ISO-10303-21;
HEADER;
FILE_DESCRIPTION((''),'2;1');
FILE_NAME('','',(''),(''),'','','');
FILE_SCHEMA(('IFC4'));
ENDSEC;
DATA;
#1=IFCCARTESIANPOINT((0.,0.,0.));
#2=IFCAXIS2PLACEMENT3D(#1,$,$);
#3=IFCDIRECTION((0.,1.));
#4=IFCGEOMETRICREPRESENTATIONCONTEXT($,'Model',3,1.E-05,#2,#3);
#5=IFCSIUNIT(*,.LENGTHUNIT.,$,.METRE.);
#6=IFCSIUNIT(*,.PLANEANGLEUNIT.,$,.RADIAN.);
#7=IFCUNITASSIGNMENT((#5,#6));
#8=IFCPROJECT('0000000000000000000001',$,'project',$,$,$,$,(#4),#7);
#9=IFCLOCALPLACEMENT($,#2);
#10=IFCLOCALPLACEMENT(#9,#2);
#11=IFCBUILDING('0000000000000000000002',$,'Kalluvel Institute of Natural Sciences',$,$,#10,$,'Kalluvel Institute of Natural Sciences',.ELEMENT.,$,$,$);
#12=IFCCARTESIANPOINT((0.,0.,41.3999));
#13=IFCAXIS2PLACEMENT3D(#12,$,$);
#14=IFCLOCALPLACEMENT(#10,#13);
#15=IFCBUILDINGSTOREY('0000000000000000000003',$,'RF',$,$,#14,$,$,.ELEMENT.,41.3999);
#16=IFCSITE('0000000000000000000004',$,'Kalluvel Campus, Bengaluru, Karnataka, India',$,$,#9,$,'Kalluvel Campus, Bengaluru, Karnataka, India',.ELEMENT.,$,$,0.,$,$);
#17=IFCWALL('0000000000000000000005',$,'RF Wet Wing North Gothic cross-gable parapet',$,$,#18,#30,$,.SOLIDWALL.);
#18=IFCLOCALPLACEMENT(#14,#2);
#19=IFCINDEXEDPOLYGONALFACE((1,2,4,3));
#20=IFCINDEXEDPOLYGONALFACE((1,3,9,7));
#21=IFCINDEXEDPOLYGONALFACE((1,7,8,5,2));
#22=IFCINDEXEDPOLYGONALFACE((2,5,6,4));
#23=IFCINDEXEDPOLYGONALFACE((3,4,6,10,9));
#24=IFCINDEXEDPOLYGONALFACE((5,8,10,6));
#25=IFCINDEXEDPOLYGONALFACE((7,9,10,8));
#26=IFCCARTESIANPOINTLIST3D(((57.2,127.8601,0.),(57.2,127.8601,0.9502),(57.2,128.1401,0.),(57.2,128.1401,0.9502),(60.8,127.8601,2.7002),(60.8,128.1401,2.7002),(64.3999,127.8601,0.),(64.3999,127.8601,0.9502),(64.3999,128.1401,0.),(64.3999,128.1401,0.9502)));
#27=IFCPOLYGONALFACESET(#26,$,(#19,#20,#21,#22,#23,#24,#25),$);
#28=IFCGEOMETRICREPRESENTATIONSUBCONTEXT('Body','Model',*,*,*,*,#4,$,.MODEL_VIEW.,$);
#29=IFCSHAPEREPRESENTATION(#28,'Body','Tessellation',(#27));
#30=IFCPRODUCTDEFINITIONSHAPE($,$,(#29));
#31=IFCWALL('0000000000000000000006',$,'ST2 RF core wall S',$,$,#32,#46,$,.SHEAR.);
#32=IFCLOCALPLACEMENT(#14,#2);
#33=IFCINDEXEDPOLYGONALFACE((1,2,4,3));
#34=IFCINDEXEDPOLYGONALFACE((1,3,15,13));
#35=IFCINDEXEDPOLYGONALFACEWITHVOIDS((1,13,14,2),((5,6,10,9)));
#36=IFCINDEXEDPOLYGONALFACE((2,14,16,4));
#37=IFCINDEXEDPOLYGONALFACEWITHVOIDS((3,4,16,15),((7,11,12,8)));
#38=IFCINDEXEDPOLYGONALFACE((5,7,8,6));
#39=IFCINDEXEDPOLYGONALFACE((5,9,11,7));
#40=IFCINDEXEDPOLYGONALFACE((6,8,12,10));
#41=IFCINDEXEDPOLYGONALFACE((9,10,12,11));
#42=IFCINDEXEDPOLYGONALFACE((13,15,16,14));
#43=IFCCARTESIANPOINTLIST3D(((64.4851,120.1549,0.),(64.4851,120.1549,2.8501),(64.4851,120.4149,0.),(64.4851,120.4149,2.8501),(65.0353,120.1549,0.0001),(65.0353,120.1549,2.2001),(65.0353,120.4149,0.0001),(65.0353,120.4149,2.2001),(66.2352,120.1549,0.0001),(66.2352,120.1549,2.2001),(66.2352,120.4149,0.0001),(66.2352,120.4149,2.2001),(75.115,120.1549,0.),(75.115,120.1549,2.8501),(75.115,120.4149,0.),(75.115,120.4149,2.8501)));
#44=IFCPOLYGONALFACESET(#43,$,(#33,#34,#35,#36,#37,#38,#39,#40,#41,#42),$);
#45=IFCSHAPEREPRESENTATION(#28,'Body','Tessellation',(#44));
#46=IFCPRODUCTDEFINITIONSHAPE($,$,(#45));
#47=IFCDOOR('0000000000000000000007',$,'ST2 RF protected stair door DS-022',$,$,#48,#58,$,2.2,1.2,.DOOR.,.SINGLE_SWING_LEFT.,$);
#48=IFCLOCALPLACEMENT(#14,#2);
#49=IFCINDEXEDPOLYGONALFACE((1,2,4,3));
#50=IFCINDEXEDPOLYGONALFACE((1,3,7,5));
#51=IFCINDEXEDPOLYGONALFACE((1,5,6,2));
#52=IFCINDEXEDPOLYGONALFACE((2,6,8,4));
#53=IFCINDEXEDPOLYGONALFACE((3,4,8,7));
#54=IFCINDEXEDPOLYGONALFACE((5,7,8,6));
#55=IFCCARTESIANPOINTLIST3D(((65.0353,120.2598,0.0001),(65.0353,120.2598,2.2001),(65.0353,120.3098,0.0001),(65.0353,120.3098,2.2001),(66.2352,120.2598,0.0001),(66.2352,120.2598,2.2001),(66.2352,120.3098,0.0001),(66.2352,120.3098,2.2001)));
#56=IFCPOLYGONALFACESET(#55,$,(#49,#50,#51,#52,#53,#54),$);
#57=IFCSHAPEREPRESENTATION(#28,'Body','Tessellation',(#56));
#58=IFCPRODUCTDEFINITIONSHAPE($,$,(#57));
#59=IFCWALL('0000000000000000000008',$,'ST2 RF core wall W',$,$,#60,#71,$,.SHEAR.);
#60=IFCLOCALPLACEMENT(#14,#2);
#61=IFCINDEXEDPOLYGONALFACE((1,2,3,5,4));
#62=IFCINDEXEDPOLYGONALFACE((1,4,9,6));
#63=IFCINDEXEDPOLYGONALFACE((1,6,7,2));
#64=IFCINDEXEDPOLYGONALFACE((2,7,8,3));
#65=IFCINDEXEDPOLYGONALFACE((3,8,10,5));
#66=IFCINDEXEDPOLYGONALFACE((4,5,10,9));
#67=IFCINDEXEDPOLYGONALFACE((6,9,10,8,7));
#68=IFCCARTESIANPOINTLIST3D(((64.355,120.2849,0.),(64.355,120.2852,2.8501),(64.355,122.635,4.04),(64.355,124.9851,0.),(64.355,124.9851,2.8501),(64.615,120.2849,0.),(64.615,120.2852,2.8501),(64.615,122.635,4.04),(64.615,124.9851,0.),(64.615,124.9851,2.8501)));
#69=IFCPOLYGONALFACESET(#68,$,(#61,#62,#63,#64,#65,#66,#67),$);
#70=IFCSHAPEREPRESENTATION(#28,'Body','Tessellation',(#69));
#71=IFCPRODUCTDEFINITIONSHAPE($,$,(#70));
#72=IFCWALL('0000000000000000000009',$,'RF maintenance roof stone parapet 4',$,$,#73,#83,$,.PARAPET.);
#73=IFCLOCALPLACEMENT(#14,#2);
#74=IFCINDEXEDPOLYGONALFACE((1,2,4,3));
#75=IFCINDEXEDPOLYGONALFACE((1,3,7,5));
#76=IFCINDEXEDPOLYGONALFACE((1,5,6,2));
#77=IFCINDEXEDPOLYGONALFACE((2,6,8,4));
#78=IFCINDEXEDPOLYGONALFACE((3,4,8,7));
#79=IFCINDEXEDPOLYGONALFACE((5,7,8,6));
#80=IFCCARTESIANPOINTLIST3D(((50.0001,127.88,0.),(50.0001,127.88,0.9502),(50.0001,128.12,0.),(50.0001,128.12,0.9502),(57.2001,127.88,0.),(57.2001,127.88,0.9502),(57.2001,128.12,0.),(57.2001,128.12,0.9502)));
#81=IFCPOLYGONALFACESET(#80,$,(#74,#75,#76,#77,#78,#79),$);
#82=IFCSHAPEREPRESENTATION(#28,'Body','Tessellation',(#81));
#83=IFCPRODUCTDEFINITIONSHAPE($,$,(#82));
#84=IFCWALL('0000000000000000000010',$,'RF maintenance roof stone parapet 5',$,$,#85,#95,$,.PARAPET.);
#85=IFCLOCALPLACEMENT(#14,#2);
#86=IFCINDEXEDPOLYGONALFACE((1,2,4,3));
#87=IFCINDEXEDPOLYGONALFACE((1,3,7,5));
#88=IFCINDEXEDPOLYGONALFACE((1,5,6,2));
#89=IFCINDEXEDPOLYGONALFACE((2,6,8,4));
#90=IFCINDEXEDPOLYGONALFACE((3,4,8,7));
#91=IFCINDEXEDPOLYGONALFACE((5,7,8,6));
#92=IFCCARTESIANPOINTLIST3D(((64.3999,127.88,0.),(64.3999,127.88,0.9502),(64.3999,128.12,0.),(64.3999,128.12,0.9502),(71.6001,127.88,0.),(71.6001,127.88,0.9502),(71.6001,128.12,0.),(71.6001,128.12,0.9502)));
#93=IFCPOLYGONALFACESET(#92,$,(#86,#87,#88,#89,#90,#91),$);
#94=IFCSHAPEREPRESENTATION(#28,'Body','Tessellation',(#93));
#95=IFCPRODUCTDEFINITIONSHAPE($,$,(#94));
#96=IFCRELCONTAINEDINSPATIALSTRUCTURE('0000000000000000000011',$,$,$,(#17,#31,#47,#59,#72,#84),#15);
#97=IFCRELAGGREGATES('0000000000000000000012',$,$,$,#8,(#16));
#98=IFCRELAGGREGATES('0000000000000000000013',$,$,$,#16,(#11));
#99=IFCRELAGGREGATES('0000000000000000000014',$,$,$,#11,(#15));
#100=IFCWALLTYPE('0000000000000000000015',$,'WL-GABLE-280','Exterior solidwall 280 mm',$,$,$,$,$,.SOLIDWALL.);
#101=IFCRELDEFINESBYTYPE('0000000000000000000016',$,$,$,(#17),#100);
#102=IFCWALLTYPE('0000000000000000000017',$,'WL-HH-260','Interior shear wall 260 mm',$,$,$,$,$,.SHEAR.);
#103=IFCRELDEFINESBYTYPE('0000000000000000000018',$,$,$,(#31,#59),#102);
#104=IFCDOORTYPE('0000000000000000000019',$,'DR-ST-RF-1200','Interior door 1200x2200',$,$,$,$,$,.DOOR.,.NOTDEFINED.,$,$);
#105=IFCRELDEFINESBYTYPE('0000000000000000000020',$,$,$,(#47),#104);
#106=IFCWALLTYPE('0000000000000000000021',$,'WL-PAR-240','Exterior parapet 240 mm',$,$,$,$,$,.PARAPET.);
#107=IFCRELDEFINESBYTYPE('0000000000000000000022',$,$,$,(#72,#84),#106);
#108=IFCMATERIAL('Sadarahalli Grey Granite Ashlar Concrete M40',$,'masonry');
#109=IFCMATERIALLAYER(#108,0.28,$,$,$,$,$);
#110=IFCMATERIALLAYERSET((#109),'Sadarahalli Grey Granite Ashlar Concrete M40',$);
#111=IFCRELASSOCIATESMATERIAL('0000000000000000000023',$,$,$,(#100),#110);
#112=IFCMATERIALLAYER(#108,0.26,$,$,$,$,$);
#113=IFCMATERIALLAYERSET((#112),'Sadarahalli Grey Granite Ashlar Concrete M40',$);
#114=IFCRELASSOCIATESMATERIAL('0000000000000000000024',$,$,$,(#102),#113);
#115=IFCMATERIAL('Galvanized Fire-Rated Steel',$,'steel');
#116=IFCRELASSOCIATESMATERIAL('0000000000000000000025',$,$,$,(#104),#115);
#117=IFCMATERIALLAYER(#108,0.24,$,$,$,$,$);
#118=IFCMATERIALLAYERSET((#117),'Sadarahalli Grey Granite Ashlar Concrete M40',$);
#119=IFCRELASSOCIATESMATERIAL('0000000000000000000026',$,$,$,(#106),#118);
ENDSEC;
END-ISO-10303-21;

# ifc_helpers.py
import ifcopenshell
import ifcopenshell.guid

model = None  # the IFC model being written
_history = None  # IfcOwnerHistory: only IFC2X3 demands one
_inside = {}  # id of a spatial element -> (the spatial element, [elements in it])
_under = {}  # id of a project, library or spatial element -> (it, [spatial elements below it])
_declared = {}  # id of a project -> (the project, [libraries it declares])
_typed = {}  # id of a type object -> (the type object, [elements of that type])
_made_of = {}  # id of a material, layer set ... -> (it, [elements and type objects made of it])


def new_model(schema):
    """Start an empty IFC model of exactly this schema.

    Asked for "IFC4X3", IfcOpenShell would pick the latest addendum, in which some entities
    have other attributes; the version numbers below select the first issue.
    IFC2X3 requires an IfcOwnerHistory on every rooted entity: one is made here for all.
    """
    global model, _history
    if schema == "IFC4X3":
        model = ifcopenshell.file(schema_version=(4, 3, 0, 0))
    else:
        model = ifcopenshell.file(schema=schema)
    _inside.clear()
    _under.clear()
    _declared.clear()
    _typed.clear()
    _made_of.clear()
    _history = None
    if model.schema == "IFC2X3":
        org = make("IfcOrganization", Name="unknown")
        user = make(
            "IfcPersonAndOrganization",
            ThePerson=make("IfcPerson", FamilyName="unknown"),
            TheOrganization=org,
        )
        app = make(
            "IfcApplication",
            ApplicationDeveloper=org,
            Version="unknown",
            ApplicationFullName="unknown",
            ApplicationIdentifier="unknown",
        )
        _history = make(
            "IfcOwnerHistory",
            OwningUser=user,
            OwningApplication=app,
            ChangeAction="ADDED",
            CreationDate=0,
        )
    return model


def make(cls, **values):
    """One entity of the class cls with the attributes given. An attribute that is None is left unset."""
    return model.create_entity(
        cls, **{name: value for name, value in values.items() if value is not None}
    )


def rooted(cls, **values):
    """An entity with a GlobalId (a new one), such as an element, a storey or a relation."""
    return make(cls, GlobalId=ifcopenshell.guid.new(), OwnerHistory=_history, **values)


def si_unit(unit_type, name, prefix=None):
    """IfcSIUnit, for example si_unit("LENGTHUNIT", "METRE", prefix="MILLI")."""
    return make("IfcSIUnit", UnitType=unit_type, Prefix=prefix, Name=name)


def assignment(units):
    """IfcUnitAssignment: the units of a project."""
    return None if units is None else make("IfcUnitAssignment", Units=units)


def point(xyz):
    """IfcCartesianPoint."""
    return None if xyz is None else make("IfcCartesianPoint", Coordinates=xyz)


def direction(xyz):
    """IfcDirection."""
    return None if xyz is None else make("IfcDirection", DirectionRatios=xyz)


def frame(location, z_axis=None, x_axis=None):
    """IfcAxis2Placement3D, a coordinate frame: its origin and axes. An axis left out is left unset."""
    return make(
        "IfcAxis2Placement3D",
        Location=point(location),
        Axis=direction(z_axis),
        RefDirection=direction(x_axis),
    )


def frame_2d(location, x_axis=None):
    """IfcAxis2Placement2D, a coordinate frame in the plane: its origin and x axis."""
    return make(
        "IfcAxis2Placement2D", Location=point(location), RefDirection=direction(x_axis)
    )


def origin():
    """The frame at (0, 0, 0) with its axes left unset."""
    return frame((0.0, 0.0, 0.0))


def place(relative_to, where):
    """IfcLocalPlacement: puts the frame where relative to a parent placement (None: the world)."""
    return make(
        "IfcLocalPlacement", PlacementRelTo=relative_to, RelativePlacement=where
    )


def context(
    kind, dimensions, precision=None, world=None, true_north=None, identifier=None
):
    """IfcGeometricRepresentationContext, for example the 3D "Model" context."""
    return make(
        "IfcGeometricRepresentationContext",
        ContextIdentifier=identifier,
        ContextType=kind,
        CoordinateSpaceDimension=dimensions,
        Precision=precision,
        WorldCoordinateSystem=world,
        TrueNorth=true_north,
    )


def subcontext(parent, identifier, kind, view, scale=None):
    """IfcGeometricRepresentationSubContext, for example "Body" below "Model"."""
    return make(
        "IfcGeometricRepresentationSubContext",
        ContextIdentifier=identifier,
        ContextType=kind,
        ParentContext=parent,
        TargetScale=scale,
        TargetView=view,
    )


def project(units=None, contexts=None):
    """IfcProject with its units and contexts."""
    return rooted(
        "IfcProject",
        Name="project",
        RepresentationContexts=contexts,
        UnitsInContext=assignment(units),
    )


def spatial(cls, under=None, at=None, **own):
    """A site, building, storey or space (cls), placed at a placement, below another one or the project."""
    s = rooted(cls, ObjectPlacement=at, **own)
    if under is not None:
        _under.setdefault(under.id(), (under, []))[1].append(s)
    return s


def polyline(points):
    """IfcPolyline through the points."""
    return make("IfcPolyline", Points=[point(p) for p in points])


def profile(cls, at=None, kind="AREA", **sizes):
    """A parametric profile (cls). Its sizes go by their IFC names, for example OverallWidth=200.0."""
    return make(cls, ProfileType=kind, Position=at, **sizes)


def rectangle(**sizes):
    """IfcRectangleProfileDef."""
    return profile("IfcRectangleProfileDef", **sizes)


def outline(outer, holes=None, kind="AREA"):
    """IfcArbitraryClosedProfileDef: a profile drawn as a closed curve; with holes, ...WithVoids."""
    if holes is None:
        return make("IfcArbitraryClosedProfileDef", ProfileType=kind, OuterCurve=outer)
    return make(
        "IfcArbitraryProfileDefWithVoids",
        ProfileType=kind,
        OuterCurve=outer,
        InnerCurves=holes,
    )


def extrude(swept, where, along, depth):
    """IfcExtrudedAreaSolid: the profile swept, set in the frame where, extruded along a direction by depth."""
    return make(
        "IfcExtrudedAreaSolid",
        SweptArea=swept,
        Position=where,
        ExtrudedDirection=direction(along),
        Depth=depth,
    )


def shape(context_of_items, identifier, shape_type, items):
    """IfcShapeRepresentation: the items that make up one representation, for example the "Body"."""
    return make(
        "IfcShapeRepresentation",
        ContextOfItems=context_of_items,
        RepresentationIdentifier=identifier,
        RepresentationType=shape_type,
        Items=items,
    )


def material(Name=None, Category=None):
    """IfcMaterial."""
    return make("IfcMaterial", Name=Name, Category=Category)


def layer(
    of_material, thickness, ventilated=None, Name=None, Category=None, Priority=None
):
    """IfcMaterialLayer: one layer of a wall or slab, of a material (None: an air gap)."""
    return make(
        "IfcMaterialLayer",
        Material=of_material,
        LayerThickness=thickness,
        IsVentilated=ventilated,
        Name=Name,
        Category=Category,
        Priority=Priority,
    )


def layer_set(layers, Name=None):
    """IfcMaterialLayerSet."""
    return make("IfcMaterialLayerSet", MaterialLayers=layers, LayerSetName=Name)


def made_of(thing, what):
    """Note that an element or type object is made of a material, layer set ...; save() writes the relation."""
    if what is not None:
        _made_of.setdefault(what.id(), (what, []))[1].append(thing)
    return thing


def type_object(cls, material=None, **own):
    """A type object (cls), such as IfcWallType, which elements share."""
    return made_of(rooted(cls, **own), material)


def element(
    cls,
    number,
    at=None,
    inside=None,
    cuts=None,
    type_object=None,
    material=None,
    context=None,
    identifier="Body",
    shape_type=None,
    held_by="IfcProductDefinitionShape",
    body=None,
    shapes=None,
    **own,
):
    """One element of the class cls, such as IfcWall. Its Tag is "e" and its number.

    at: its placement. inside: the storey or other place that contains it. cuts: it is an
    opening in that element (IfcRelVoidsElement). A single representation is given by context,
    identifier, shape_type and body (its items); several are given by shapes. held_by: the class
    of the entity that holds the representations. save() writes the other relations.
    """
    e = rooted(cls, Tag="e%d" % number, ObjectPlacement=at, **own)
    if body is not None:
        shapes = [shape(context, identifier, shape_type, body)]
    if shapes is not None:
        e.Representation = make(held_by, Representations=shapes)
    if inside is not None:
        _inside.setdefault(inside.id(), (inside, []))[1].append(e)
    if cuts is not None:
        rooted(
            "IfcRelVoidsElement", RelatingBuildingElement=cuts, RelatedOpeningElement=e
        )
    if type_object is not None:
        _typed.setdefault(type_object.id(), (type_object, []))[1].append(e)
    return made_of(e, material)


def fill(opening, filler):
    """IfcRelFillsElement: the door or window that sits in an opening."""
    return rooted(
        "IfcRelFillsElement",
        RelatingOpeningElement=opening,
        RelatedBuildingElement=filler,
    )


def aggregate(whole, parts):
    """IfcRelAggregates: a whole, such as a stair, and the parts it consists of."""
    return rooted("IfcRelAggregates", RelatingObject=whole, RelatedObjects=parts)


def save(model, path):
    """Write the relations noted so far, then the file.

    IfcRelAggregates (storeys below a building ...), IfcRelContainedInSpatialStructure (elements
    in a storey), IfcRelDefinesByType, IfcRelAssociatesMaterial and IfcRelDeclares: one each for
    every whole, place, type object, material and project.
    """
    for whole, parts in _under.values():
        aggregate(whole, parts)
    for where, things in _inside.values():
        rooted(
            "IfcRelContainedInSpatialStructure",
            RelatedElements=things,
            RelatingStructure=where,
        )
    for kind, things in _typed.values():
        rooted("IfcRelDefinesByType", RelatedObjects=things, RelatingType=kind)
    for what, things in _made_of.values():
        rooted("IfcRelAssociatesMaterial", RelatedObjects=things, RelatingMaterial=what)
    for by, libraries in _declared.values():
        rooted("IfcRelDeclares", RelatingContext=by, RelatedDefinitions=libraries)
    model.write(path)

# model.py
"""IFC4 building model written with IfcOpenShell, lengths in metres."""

from ifc_helpers import new_model, si_unit, direction, frame, frame_2d, origin, place, context, subcontext, project, spatial, polyline, rectangle, outline, extrude, material, layer, layer_set, type_object, element, fill, save


model = new_model("IFC4")

# Units and contexts
model_context = context("Model", 3, precision=1e-05, world=origin(), true_north=direction((0.0, 1.0)))
body_context = subcontext(model_context, "Body", "Model", "MODEL_VIEW")
ifc_project = project(units=[si_unit("LENGTHUNIT", "METRE"), si_unit("PLANEANGLEUNIT", "RADIAN")], contexts=[model_context])

# Site, building, storey
site_placement = place(None, origin())
site = spatial("IfcSite", under=ifc_project, at=site_placement, Name="Kalluvel Campus, Bengaluru, Karnataka, India", LongName="Kalluvel Campus, Bengaluru, Karnataka, India", CompositionType="ELEMENT", RefElevation=0.0)
building_placement = place(site_placement, origin())
building = spatial("IfcBuilding", under=site, at=building_placement, Name="Kalluvel Institute of Natural Sciences", LongName="Kalluvel Institute of Natural Sciences", CompositionType="ELEMENT")
storey_placement = place(building_placement, frame((0.0, 0.0, 41.3999)))
storey = spatial("IfcBuildingStorey", under=building, at=storey_placement, Name="RF", CompositionType="ELEMENT", Elevation=41.3999)

# Wall
ifc_material_1 = material(Name="Sadarahalli Grey Granite Ashlar Concrete M40", Category="masonry")
ifc_layer_1 = layer(ifc_material_1, 0.28)
ifc_layer_set_1 = layer_set([ifc_layer_1], Name="Sadarahalli Grey Granite Ashlar Concrete M40")
wall_type_1 = type_object("IfcWallType", Name="WL-GABLE-280", Description="Exterior solidwall 280 mm", PredefinedType="SOLIDWALL", material=ifc_layer_set_1)
wall_1_placement = place(storey_placement, frame((57.2, 128.0, 0.0), z_axis=(0.0, 0.0, 1.0), x_axis=(1.0, 0.0, 0.0)))
element("IfcWall", 1, at=wall_1_placement, inside=storey, type_object=wall_type_1, Name="RF Wet Wing North Gothic cross-gable parapet", PredefinedType="SOLIDWALL", context=body_context, shape_type="SweptSolid", body=[
    extrude(outline(polyline([(0.0, 0.0), (7.2, 0.0), (7.2, 0.9502), (3.6001, 2.7002), (0.0, 0.9502), (0.0, 0.0)])), frame((0.0, 0.1401, 0.0), z_axis=(0.0, -1.0, 0.0), x_axis=(1.0, 0.0, 0.0)), (0.0, 0.0, 1.0), 0.28),
])

# Wall, opening, door
ifc_layer_2 = layer(ifc_material_1, 0.26)
ifc_layer_set_2 = layer_set([ifc_layer_2], Name="Sadarahalli Grey Granite Ashlar Concrete M40")
wall_type_2 = type_object("IfcWallType", Name="WL-HH-260", Description="Interior shear wall 260 mm", PredefinedType="SHEAR", material=ifc_layer_set_2)
wall_2_placement = place(storey_placement, frame((64.4851, 120.2849, 0.0), z_axis=(0.0, 0.0, 1.0), x_axis=(1.0, 0.0, 0.0)))
wall_2 = element("IfcWall", 2, at=wall_2_placement, inside=storey, type_object=wall_type_2, Name="ST2 RF core wall S", PredefinedType="SHEAR", context=body_context, shape_type="SweptSolid", body=[
    extrude(rectangle(XDim=10.6299, YDim=0.26, at=frame_2d((5.3149, 0.0))), origin(), (0.0, 0.0, 1.0), 2.8501),
])
opening_placement = place(wall_2_placement, frame((0.55, 0.0, 0.0)))
opening = element("IfcOpeningElement", 3, at=opening_placement, cuts=wall_2, PredefinedType="OPENING", context=body_context, shape_type="SweptSolid", body=[
    extrude(rectangle(XDim=1.2, YDim=2.2, at=frame_2d((0.6001, 1.1001))), frame((0.0, 0.1399, 0.0), z_axis=(0.0, -1.0, 0.0), x_axis=(1.0, 0.0, 0.0)), (0.0, 0.0, 1.0), 0.28),
])
ifc_material_2 = material(Name="Galvanized Fire-Rated Steel", Category="steel")
door_type = type_object("IfcDoorType", Name="DR-ST-RF-1200", Description="Interior door 1200x2200", OperationType="NOTDEFINED", PredefinedType="DOOR", material=ifc_material_2)
door_placement = place(opening_placement, origin())
door = element("IfcDoor", 4, at=door_placement, inside=storey, type_object=door_type, Name="ST2 RF protected stair door DS-022", OperationType="SINGLE_SWING_LEFT", OverallHeight=2.2, OverallWidth=1.2, PredefinedType="DOOR", context=body_context, shape_type="SweptSolid", body=[
    extrude(rectangle(XDim=1.2, YDim=2.2, at=frame_2d((0.6001, 1.1001))), frame((0.0, 0.0249, 0.0), z_axis=(0.0, -1.0, 0.0), x_axis=(1.0, 0.0, 0.0)), (0.0, 0.0, 1.0), 0.05),
])
fill(opening, door)

# Walls
wall_3_placement = place(storey_placement, frame((64.4851, 124.9851, 0.0), z_axis=(0.0, 0.0, 1.0), x_axis=(0.0, -1.0, 0.0)))
element("IfcWall", 5, at=wall_3_placement, inside=storey, type_object=wall_type_2, Name="ST2 RF core wall W", PredefinedType="SHEAR", context=body_context, shape_type="SweptSolid", body=[
    extrude(outline(polyline([(0.0, 0.0), (4.7002, 0.0), (4.7, 2.8501), (2.3501, 4.04), (0.0, 2.8501), (0.0, 0.0)])), frame((0.0, 0.1299, 0.0), z_axis=(0.0, -1.0, 0.0), x_axis=(1.0, 0.0, 0.0)), (0.0, 0.0, 1.0), 0.26),
])
ifc_layer_3 = layer(ifc_material_1, 0.24)
ifc_layer_set_3 = layer_set([ifc_layer_3], Name="Sadarahalli Grey Granite Ashlar Concrete M40")
wall_type_3 = type_object("IfcWallType", Name="WL-PAR-240", Description="Exterior parapet 240 mm", PredefinedType="PARAPET", material=ifc_layer_set_3)
wall_4_placement = place(storey_placement, frame((50.0, 128.0, 0.0), z_axis=(0.0, 0.0, 1.0), x_axis=(1.0, 0.0, 0.0)))
element("IfcWall", 6, at=wall_4_placement, inside=storey, type_object=wall_type_3, Name="RF maintenance roof stone parapet 4", PredefinedType="PARAPET", context=body_context, shape_type="SweptSolid", body=[
    extrude(rectangle(XDim=7.2, YDim=0.24, at=frame_2d((3.6001, 0.0))), origin(), (0.0, 0.0, 1.0), 0.9502),
])
wall_5_placement = place(storey_placement, frame((64.3999, 128.0, 0.0), z_axis=(0.0, 0.0, 1.0), x_axis=(1.0, 0.0, 0.0)))
element("IfcWall", 7, at=wall_5_placement, inside=storey, type_object=wall_type_3, Name="RF maintenance roof stone parapet 5", PredefinedType="PARAPET", context=body_context, shape_type="SweptSolid", body=[
    extrude(rectangle(XDim=7.2002, YDim=0.24, at=frame_2d((3.6001, 0.0))), origin(), (0.0, 0.0, 1.0), 0.9502),
])

save(model, "model.ifc")
